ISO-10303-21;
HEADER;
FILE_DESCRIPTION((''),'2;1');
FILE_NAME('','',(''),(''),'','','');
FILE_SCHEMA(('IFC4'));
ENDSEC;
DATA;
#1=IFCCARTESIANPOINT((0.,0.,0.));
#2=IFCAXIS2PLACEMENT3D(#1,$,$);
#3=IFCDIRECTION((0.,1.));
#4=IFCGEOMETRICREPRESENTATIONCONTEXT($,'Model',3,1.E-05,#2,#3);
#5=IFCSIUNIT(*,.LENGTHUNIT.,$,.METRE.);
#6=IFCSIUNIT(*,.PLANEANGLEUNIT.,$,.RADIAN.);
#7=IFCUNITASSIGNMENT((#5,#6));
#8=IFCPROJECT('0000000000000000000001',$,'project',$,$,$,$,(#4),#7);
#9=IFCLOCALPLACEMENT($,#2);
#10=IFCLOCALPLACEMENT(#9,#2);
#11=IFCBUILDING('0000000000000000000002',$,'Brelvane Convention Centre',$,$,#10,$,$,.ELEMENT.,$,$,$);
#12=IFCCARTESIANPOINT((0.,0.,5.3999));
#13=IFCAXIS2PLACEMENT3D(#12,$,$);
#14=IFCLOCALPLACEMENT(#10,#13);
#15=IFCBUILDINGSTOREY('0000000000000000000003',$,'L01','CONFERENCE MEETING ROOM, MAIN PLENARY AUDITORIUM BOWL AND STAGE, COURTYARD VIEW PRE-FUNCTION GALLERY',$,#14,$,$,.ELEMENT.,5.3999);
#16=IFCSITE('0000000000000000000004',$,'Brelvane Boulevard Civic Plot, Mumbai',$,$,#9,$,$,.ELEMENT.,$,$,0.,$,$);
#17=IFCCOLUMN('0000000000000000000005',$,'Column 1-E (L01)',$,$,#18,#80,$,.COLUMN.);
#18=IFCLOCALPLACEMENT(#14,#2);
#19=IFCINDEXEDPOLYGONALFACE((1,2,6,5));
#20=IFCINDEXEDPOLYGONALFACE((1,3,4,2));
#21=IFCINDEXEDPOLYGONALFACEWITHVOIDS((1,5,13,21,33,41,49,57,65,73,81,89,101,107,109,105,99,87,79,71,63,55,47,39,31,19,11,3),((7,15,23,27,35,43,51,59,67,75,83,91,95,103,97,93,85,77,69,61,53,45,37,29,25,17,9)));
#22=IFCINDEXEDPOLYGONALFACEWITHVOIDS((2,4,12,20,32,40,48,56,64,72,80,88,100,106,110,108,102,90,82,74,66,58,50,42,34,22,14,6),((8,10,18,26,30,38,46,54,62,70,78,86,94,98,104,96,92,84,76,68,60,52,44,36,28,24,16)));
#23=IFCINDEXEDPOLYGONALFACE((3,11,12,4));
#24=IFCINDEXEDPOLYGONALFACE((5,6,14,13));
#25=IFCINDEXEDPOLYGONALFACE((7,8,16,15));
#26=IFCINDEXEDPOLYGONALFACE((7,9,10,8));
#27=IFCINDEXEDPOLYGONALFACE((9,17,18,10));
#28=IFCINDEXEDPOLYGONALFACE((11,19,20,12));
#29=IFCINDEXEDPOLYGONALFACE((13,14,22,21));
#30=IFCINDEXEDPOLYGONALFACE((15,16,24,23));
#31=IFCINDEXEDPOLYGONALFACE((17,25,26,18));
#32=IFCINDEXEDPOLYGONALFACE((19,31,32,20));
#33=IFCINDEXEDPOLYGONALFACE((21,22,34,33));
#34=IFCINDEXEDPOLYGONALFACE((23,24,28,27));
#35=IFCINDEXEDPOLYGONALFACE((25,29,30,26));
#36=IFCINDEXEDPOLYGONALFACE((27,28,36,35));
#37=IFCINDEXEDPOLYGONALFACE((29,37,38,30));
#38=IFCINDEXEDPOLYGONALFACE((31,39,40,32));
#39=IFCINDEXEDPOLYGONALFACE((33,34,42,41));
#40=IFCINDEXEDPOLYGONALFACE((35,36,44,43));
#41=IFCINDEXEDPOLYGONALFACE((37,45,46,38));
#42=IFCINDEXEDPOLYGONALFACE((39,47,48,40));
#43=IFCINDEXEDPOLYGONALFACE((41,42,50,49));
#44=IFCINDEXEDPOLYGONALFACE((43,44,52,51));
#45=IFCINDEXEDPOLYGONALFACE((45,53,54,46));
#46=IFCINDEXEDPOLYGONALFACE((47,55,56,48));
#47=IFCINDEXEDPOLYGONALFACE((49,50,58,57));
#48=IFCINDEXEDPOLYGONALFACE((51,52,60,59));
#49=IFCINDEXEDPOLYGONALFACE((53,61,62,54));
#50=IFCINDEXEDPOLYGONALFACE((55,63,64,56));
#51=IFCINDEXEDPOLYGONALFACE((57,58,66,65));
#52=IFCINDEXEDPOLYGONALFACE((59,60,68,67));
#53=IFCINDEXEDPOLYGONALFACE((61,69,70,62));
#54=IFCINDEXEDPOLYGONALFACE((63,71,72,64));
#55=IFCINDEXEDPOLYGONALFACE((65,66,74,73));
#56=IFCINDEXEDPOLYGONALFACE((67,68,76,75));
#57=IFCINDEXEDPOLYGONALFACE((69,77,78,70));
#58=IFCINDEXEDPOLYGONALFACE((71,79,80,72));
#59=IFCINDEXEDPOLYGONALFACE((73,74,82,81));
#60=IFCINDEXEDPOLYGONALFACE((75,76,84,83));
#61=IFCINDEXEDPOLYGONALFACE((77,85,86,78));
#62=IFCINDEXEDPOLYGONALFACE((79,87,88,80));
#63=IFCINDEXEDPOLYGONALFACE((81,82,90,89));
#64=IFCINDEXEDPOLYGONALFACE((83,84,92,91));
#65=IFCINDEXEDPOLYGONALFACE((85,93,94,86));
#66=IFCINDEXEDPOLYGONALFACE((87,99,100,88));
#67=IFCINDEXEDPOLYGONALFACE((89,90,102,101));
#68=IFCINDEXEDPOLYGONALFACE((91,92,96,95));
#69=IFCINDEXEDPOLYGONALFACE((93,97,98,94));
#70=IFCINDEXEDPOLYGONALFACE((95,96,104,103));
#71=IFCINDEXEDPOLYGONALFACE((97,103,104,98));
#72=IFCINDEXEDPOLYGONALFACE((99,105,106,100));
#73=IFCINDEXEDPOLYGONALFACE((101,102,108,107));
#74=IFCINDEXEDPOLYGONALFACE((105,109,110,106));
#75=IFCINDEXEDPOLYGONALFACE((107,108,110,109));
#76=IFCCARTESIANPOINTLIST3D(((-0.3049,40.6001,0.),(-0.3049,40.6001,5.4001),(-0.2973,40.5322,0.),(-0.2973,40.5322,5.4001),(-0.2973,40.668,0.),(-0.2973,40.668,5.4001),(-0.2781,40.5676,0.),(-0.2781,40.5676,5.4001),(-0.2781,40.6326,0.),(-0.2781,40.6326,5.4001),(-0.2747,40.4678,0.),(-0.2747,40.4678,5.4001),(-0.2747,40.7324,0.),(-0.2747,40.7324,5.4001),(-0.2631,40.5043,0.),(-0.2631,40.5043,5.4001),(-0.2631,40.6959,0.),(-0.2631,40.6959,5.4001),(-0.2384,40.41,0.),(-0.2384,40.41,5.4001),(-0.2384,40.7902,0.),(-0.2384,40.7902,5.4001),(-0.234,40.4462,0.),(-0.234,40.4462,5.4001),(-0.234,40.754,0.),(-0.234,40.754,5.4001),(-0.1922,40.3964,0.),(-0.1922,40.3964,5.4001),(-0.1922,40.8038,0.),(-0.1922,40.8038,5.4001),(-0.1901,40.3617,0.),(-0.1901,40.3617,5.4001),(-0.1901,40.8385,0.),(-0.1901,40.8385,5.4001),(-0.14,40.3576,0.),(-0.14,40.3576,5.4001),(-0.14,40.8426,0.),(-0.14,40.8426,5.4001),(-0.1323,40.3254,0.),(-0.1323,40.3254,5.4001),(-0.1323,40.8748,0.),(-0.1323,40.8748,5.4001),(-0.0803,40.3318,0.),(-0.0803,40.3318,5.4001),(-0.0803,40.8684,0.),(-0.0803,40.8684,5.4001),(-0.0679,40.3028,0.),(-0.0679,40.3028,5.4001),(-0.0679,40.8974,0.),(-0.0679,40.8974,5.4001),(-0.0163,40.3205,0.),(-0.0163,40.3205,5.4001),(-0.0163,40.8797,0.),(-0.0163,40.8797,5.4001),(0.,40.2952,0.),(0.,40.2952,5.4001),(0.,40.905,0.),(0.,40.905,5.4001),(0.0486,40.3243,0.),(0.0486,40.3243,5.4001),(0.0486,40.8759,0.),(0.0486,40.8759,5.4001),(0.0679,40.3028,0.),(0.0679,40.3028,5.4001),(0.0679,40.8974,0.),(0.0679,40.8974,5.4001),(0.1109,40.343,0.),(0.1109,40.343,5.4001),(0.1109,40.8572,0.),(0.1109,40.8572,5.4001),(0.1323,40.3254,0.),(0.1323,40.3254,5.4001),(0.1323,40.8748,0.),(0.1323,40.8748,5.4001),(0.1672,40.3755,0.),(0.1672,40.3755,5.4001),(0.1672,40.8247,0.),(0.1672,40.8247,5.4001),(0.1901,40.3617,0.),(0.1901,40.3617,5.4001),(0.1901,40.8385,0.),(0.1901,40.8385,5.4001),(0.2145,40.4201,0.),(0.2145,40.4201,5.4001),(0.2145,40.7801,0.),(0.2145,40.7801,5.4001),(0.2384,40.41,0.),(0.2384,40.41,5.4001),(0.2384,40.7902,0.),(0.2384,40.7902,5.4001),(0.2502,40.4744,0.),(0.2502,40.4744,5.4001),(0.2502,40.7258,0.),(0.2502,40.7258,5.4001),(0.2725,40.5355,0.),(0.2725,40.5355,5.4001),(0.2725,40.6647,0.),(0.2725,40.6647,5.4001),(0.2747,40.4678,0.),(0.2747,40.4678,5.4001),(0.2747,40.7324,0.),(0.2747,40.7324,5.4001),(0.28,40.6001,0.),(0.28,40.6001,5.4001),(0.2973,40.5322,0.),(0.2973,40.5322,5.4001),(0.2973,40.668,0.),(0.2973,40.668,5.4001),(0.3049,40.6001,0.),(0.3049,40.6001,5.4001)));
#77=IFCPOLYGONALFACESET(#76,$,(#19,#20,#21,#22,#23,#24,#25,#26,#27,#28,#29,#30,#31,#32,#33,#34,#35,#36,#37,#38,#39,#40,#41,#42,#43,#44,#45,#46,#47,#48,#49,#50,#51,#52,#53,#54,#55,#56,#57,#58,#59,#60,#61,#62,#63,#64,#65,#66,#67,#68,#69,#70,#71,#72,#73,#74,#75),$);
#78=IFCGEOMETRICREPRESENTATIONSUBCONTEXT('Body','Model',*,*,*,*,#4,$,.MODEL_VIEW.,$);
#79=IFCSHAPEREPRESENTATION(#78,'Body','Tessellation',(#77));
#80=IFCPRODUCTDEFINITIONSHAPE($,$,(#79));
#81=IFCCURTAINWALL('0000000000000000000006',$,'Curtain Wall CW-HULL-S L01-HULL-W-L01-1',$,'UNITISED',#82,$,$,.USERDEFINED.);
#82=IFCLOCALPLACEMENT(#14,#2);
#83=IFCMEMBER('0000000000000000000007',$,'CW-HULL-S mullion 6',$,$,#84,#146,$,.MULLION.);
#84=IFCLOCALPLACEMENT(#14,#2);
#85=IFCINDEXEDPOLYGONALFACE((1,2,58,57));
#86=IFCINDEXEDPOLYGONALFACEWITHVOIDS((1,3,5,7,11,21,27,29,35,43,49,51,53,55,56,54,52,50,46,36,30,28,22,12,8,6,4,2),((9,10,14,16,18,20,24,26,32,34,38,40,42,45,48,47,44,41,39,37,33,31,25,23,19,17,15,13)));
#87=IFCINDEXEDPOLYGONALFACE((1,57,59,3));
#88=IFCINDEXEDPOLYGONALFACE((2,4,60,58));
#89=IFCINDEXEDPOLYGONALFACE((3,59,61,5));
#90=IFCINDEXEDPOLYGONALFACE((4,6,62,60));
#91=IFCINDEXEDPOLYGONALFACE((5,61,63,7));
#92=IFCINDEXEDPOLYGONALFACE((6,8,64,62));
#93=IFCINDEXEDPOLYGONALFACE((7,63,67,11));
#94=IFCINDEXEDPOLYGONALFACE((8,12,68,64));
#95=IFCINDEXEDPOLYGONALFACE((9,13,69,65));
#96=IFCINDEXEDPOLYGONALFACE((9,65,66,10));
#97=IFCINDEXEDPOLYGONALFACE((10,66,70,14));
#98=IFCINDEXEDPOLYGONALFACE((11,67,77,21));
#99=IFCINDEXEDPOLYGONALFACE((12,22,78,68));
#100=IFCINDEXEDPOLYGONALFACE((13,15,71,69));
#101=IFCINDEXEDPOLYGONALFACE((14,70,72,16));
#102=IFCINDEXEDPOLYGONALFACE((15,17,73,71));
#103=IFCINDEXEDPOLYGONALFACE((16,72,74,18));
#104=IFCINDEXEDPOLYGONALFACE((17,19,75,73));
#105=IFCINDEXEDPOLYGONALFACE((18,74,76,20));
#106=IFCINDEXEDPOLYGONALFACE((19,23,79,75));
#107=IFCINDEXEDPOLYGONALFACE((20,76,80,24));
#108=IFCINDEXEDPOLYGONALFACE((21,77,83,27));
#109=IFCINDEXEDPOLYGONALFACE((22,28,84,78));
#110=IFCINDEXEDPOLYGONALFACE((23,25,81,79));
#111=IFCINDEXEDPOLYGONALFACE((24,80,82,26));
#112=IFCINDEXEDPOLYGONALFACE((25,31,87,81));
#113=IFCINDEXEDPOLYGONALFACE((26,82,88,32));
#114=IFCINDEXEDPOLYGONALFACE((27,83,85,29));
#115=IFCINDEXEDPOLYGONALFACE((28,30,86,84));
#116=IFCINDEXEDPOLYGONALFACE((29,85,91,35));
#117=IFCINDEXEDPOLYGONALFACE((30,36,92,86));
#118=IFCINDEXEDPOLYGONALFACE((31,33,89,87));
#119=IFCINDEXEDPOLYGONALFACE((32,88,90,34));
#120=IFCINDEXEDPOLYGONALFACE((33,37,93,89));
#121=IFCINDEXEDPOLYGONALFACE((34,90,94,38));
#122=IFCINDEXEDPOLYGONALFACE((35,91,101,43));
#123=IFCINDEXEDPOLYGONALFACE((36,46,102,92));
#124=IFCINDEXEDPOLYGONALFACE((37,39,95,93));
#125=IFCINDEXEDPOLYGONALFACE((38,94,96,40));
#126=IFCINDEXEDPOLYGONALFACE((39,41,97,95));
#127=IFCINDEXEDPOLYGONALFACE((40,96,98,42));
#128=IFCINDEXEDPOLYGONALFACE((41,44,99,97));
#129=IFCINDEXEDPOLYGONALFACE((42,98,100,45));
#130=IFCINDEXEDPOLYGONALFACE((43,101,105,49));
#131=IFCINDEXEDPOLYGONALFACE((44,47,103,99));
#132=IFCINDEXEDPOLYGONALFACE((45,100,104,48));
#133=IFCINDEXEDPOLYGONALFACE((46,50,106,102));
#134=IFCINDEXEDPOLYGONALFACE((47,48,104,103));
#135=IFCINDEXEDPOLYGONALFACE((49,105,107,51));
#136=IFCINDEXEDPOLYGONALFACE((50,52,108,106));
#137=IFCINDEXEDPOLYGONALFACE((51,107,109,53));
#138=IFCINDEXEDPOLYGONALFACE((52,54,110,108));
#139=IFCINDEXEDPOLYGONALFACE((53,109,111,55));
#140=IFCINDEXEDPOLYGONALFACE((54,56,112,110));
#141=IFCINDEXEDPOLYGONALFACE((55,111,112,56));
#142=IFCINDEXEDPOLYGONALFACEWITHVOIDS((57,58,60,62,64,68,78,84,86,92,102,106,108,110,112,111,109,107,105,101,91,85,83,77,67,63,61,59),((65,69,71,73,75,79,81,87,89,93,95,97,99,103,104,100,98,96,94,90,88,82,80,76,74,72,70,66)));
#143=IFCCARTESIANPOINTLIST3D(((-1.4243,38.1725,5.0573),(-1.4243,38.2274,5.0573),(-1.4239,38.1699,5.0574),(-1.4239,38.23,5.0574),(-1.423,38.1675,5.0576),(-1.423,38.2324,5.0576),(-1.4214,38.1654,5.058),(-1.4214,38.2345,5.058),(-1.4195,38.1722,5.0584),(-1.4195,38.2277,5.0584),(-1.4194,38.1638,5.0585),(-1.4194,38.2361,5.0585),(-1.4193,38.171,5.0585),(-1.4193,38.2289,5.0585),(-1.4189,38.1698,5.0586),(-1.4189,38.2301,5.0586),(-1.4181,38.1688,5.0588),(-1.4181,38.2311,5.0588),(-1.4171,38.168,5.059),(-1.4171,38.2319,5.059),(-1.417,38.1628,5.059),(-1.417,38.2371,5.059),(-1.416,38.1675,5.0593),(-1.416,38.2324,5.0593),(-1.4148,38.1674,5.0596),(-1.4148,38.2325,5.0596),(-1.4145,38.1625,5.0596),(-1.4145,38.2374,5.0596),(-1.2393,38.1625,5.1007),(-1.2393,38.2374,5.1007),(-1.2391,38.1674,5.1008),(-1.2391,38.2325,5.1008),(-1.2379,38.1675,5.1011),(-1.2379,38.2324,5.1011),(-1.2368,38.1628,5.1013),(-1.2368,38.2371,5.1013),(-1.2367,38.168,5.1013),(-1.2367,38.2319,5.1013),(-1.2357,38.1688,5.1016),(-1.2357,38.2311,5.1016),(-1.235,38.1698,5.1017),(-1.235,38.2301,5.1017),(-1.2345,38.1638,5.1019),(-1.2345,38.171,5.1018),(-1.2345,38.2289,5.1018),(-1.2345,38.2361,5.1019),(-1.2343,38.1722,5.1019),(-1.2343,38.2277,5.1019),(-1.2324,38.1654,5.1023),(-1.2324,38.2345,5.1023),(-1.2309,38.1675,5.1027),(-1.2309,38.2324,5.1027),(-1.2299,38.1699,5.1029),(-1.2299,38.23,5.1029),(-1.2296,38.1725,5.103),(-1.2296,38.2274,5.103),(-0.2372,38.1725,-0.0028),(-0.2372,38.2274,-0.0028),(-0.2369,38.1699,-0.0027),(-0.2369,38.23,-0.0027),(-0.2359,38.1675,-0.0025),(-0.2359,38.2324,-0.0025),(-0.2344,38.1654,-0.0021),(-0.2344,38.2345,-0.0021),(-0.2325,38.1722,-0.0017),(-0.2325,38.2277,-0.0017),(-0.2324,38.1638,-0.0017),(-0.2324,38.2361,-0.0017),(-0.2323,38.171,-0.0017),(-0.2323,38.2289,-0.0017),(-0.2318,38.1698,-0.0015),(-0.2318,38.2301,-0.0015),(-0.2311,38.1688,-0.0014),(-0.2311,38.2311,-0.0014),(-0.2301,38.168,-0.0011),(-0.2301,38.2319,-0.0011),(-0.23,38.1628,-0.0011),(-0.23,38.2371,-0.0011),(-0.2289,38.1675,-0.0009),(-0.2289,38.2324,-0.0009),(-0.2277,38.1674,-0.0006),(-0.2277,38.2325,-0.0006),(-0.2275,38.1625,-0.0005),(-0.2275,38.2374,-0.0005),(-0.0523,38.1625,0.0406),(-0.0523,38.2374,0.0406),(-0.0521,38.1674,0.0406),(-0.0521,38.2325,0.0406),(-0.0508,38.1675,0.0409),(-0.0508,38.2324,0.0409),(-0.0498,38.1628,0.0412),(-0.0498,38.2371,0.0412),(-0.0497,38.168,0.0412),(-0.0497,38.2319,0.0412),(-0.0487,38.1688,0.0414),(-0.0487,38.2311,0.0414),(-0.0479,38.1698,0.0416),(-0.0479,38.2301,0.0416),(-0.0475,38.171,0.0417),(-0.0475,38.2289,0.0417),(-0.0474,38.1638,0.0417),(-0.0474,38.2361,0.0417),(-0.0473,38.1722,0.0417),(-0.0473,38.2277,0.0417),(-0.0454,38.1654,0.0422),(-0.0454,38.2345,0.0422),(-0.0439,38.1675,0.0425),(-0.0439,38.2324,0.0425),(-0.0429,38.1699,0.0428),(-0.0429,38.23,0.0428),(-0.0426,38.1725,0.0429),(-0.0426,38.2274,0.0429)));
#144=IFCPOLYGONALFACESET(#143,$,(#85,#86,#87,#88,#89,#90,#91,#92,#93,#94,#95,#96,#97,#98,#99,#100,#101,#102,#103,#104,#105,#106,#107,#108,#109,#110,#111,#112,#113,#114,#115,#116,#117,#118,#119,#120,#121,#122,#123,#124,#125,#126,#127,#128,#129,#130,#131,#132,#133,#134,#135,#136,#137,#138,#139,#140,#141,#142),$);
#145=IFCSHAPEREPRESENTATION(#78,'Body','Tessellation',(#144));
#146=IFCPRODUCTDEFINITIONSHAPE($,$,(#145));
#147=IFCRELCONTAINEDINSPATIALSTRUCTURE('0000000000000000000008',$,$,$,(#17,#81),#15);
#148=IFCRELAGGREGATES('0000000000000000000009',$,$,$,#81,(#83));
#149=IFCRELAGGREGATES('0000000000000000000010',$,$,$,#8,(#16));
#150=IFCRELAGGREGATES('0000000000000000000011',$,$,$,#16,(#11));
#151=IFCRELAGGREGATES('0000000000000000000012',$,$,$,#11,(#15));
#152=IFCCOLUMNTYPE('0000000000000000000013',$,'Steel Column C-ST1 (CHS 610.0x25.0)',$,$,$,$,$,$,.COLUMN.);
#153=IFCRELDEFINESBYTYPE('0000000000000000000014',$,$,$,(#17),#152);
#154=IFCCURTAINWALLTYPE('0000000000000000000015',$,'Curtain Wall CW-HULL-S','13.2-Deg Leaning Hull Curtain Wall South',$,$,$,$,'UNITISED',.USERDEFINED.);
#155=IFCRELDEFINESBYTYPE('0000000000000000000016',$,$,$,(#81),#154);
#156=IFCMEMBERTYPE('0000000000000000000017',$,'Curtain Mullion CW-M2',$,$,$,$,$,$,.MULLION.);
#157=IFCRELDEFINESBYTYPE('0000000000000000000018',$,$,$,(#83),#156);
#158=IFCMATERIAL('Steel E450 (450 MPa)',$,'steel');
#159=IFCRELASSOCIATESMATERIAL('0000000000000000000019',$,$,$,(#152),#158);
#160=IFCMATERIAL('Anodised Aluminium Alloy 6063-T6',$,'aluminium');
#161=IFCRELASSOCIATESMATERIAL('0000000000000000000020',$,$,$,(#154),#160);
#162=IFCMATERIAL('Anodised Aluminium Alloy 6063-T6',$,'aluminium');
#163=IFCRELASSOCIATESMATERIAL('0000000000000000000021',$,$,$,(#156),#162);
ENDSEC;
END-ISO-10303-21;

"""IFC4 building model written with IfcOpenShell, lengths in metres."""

from ifc_helpers import new_model, si_unit, direction, frame, origin, origin_2d, place, context, subcontext, project, spatial, hollow_rectangle, hollow_circle, extrude, material, material_profile, profile_set, type_object, element, aggregate, save


model = new_model("IFC4")

# Units and contexts
model_context = context("Model", 3, precision=1e-05, world=origin(), true_north=direction((0.0, 1.0)))
body_context = subcontext(model_context, "Body", "Model", "MODEL_VIEW")
ifc_project = project(units=[si_unit("LENGTHUNIT", "METRE"), si_unit("PLANEANGLEUNIT", "RADIAN")], contexts=[model_context])

# Site, building, storey
site_placement = place(None, origin())
site = spatial("IfcSite", under=ifc_project, at=site_placement, Name="Brelvane Boulevard Civic Plot, Mumbai", CompositionType="ELEMENT", RefElevation=0.0)
building_placement = place(site_placement, origin())
building = spatial("IfcBuilding", under=site, at=building_placement, Name="Brelvane Convention Centre", CompositionType="ELEMENT")
storey_placement = place(building_placement, frame((0.0, 0.0, 5.3999)))
storey = spatial("IfcBuildingStorey", under=building, at=storey_placement, Name="L01", Description="CONFERENCE MEETING ROOM, MAIN PLENARY AUDITORIUM BOWL AND STAGE, COURTYARD VIEW PRE-FUNCTION GALLERY", CompositionType="ELEMENT", Elevation=5.3999)

# Column
ifc_material_1 = material(Name="Steel E450 (450 MPa)", Category="steel")
ifc_material_profile_1 = material_profile(ifc_material_1, hollow_circle(Radius=0.3049, WallThickness=0.0249, at=origin_2d()), Name="CHS 610.0x25.0")
ifc_profile_set_1 = profile_set([ifc_material_profile_1], Name="Steel E450 (450 MPa)")
column_type = type_object("IfcColumnType", Name="Steel Column C-ST1 (CHS 610.0x25.0)", PredefinedType="COLUMN", material=ifc_profile_set_1)
column_placement = place(storey_placement, frame((0.0, 40.6001, 0.0), z_axis=(0.0, 0.0, 1.0), x_axis=(1.0, 0.0, 0.0)))
element("IfcColumn", 1, at=column_placement, inside=storey, type_object=column_type, Name="Column 1-E (L01)", PredefinedType="COLUMN", context=body_context, shape_type="SweptSolid", body=[
    extrude(hollow_circle(Radius=0.3049, WallThickness=0.0249, at=origin_2d()), origin(), (0.0, 0.0, 1.0), 5.4001),
])

# Curtain wall, member
ifc_material_2 = material(Name="Anodised Aluminium Alloy 6063-T6", Category="aluminium")
curtain_wall_type = type_object("IfcCurtainWallType", Name="Curtain Wall CW-HULL-S", Description="13.2-Deg Leaning Hull Curtain Wall South", ElementType="UNITISED", PredefinedType="USERDEFINED", material=ifc_material_2)
curtain_wall_1_placement = place(storey_placement, origin())
curtain_wall_1 = element("IfcCurtainWall", 2, at=curtain_wall_1_placement, inside=storey, type_object=curtain_wall_type, Name="Curtain Wall CW-HULL-S L01-HULL-W-L01-1", ObjectType="UNITISED", PredefinedType="USERDEFINED")
ifc_material_3 = material(Name="Anodised Aluminium Alloy 6063-T6", Category="aluminium")
ifc_material_profile_2 = material_profile(ifc_material_3, hollow_rectangle(XDim=0.075, YDim=0.2, WallThickness=0.0049, InnerFilletRadius=0.0049, OuterFilletRadius=0.01, at=origin_2d()), Name="ALU-M 200x75x5.0")
ifc_profile_set_2 = profile_set([ifc_material_profile_2], Name="Anodised Aluminium Alloy 6063-T6")
member_type_1 = type_object("IfcMemberType", Name="Curtain Mullion CW-M2", PredefinedType="MULLION", material=ifc_profile_set_2)
member_1_placement = place(storey_placement, frame((-0.1399, 38.2, 0.02), z_axis=(-0.228385, 0.0, 0.973571), x_axis=(0.0, -1.0, 0.0)))
member_1 = element("IfcMember", 3, at=member_1_placement, type_object=member_type_1, Name="CW-HULL-S mullion 6", PredefinedType="MULLION", context=body_context, shape_type="SweptSolid", body=[
    extrude(hollow_rectangle(XDim=0.075, YDim=0.2, WallThickness=0.0049, InnerFilletRadius=0.0049, OuterFilletRadius=0.01, at=origin_2d()), origin(), (0.0, 0.0, 1.0), 5.1975),
])

aggregate(curtain_wall_1, [member_1])

save(model, "model.ifc")
